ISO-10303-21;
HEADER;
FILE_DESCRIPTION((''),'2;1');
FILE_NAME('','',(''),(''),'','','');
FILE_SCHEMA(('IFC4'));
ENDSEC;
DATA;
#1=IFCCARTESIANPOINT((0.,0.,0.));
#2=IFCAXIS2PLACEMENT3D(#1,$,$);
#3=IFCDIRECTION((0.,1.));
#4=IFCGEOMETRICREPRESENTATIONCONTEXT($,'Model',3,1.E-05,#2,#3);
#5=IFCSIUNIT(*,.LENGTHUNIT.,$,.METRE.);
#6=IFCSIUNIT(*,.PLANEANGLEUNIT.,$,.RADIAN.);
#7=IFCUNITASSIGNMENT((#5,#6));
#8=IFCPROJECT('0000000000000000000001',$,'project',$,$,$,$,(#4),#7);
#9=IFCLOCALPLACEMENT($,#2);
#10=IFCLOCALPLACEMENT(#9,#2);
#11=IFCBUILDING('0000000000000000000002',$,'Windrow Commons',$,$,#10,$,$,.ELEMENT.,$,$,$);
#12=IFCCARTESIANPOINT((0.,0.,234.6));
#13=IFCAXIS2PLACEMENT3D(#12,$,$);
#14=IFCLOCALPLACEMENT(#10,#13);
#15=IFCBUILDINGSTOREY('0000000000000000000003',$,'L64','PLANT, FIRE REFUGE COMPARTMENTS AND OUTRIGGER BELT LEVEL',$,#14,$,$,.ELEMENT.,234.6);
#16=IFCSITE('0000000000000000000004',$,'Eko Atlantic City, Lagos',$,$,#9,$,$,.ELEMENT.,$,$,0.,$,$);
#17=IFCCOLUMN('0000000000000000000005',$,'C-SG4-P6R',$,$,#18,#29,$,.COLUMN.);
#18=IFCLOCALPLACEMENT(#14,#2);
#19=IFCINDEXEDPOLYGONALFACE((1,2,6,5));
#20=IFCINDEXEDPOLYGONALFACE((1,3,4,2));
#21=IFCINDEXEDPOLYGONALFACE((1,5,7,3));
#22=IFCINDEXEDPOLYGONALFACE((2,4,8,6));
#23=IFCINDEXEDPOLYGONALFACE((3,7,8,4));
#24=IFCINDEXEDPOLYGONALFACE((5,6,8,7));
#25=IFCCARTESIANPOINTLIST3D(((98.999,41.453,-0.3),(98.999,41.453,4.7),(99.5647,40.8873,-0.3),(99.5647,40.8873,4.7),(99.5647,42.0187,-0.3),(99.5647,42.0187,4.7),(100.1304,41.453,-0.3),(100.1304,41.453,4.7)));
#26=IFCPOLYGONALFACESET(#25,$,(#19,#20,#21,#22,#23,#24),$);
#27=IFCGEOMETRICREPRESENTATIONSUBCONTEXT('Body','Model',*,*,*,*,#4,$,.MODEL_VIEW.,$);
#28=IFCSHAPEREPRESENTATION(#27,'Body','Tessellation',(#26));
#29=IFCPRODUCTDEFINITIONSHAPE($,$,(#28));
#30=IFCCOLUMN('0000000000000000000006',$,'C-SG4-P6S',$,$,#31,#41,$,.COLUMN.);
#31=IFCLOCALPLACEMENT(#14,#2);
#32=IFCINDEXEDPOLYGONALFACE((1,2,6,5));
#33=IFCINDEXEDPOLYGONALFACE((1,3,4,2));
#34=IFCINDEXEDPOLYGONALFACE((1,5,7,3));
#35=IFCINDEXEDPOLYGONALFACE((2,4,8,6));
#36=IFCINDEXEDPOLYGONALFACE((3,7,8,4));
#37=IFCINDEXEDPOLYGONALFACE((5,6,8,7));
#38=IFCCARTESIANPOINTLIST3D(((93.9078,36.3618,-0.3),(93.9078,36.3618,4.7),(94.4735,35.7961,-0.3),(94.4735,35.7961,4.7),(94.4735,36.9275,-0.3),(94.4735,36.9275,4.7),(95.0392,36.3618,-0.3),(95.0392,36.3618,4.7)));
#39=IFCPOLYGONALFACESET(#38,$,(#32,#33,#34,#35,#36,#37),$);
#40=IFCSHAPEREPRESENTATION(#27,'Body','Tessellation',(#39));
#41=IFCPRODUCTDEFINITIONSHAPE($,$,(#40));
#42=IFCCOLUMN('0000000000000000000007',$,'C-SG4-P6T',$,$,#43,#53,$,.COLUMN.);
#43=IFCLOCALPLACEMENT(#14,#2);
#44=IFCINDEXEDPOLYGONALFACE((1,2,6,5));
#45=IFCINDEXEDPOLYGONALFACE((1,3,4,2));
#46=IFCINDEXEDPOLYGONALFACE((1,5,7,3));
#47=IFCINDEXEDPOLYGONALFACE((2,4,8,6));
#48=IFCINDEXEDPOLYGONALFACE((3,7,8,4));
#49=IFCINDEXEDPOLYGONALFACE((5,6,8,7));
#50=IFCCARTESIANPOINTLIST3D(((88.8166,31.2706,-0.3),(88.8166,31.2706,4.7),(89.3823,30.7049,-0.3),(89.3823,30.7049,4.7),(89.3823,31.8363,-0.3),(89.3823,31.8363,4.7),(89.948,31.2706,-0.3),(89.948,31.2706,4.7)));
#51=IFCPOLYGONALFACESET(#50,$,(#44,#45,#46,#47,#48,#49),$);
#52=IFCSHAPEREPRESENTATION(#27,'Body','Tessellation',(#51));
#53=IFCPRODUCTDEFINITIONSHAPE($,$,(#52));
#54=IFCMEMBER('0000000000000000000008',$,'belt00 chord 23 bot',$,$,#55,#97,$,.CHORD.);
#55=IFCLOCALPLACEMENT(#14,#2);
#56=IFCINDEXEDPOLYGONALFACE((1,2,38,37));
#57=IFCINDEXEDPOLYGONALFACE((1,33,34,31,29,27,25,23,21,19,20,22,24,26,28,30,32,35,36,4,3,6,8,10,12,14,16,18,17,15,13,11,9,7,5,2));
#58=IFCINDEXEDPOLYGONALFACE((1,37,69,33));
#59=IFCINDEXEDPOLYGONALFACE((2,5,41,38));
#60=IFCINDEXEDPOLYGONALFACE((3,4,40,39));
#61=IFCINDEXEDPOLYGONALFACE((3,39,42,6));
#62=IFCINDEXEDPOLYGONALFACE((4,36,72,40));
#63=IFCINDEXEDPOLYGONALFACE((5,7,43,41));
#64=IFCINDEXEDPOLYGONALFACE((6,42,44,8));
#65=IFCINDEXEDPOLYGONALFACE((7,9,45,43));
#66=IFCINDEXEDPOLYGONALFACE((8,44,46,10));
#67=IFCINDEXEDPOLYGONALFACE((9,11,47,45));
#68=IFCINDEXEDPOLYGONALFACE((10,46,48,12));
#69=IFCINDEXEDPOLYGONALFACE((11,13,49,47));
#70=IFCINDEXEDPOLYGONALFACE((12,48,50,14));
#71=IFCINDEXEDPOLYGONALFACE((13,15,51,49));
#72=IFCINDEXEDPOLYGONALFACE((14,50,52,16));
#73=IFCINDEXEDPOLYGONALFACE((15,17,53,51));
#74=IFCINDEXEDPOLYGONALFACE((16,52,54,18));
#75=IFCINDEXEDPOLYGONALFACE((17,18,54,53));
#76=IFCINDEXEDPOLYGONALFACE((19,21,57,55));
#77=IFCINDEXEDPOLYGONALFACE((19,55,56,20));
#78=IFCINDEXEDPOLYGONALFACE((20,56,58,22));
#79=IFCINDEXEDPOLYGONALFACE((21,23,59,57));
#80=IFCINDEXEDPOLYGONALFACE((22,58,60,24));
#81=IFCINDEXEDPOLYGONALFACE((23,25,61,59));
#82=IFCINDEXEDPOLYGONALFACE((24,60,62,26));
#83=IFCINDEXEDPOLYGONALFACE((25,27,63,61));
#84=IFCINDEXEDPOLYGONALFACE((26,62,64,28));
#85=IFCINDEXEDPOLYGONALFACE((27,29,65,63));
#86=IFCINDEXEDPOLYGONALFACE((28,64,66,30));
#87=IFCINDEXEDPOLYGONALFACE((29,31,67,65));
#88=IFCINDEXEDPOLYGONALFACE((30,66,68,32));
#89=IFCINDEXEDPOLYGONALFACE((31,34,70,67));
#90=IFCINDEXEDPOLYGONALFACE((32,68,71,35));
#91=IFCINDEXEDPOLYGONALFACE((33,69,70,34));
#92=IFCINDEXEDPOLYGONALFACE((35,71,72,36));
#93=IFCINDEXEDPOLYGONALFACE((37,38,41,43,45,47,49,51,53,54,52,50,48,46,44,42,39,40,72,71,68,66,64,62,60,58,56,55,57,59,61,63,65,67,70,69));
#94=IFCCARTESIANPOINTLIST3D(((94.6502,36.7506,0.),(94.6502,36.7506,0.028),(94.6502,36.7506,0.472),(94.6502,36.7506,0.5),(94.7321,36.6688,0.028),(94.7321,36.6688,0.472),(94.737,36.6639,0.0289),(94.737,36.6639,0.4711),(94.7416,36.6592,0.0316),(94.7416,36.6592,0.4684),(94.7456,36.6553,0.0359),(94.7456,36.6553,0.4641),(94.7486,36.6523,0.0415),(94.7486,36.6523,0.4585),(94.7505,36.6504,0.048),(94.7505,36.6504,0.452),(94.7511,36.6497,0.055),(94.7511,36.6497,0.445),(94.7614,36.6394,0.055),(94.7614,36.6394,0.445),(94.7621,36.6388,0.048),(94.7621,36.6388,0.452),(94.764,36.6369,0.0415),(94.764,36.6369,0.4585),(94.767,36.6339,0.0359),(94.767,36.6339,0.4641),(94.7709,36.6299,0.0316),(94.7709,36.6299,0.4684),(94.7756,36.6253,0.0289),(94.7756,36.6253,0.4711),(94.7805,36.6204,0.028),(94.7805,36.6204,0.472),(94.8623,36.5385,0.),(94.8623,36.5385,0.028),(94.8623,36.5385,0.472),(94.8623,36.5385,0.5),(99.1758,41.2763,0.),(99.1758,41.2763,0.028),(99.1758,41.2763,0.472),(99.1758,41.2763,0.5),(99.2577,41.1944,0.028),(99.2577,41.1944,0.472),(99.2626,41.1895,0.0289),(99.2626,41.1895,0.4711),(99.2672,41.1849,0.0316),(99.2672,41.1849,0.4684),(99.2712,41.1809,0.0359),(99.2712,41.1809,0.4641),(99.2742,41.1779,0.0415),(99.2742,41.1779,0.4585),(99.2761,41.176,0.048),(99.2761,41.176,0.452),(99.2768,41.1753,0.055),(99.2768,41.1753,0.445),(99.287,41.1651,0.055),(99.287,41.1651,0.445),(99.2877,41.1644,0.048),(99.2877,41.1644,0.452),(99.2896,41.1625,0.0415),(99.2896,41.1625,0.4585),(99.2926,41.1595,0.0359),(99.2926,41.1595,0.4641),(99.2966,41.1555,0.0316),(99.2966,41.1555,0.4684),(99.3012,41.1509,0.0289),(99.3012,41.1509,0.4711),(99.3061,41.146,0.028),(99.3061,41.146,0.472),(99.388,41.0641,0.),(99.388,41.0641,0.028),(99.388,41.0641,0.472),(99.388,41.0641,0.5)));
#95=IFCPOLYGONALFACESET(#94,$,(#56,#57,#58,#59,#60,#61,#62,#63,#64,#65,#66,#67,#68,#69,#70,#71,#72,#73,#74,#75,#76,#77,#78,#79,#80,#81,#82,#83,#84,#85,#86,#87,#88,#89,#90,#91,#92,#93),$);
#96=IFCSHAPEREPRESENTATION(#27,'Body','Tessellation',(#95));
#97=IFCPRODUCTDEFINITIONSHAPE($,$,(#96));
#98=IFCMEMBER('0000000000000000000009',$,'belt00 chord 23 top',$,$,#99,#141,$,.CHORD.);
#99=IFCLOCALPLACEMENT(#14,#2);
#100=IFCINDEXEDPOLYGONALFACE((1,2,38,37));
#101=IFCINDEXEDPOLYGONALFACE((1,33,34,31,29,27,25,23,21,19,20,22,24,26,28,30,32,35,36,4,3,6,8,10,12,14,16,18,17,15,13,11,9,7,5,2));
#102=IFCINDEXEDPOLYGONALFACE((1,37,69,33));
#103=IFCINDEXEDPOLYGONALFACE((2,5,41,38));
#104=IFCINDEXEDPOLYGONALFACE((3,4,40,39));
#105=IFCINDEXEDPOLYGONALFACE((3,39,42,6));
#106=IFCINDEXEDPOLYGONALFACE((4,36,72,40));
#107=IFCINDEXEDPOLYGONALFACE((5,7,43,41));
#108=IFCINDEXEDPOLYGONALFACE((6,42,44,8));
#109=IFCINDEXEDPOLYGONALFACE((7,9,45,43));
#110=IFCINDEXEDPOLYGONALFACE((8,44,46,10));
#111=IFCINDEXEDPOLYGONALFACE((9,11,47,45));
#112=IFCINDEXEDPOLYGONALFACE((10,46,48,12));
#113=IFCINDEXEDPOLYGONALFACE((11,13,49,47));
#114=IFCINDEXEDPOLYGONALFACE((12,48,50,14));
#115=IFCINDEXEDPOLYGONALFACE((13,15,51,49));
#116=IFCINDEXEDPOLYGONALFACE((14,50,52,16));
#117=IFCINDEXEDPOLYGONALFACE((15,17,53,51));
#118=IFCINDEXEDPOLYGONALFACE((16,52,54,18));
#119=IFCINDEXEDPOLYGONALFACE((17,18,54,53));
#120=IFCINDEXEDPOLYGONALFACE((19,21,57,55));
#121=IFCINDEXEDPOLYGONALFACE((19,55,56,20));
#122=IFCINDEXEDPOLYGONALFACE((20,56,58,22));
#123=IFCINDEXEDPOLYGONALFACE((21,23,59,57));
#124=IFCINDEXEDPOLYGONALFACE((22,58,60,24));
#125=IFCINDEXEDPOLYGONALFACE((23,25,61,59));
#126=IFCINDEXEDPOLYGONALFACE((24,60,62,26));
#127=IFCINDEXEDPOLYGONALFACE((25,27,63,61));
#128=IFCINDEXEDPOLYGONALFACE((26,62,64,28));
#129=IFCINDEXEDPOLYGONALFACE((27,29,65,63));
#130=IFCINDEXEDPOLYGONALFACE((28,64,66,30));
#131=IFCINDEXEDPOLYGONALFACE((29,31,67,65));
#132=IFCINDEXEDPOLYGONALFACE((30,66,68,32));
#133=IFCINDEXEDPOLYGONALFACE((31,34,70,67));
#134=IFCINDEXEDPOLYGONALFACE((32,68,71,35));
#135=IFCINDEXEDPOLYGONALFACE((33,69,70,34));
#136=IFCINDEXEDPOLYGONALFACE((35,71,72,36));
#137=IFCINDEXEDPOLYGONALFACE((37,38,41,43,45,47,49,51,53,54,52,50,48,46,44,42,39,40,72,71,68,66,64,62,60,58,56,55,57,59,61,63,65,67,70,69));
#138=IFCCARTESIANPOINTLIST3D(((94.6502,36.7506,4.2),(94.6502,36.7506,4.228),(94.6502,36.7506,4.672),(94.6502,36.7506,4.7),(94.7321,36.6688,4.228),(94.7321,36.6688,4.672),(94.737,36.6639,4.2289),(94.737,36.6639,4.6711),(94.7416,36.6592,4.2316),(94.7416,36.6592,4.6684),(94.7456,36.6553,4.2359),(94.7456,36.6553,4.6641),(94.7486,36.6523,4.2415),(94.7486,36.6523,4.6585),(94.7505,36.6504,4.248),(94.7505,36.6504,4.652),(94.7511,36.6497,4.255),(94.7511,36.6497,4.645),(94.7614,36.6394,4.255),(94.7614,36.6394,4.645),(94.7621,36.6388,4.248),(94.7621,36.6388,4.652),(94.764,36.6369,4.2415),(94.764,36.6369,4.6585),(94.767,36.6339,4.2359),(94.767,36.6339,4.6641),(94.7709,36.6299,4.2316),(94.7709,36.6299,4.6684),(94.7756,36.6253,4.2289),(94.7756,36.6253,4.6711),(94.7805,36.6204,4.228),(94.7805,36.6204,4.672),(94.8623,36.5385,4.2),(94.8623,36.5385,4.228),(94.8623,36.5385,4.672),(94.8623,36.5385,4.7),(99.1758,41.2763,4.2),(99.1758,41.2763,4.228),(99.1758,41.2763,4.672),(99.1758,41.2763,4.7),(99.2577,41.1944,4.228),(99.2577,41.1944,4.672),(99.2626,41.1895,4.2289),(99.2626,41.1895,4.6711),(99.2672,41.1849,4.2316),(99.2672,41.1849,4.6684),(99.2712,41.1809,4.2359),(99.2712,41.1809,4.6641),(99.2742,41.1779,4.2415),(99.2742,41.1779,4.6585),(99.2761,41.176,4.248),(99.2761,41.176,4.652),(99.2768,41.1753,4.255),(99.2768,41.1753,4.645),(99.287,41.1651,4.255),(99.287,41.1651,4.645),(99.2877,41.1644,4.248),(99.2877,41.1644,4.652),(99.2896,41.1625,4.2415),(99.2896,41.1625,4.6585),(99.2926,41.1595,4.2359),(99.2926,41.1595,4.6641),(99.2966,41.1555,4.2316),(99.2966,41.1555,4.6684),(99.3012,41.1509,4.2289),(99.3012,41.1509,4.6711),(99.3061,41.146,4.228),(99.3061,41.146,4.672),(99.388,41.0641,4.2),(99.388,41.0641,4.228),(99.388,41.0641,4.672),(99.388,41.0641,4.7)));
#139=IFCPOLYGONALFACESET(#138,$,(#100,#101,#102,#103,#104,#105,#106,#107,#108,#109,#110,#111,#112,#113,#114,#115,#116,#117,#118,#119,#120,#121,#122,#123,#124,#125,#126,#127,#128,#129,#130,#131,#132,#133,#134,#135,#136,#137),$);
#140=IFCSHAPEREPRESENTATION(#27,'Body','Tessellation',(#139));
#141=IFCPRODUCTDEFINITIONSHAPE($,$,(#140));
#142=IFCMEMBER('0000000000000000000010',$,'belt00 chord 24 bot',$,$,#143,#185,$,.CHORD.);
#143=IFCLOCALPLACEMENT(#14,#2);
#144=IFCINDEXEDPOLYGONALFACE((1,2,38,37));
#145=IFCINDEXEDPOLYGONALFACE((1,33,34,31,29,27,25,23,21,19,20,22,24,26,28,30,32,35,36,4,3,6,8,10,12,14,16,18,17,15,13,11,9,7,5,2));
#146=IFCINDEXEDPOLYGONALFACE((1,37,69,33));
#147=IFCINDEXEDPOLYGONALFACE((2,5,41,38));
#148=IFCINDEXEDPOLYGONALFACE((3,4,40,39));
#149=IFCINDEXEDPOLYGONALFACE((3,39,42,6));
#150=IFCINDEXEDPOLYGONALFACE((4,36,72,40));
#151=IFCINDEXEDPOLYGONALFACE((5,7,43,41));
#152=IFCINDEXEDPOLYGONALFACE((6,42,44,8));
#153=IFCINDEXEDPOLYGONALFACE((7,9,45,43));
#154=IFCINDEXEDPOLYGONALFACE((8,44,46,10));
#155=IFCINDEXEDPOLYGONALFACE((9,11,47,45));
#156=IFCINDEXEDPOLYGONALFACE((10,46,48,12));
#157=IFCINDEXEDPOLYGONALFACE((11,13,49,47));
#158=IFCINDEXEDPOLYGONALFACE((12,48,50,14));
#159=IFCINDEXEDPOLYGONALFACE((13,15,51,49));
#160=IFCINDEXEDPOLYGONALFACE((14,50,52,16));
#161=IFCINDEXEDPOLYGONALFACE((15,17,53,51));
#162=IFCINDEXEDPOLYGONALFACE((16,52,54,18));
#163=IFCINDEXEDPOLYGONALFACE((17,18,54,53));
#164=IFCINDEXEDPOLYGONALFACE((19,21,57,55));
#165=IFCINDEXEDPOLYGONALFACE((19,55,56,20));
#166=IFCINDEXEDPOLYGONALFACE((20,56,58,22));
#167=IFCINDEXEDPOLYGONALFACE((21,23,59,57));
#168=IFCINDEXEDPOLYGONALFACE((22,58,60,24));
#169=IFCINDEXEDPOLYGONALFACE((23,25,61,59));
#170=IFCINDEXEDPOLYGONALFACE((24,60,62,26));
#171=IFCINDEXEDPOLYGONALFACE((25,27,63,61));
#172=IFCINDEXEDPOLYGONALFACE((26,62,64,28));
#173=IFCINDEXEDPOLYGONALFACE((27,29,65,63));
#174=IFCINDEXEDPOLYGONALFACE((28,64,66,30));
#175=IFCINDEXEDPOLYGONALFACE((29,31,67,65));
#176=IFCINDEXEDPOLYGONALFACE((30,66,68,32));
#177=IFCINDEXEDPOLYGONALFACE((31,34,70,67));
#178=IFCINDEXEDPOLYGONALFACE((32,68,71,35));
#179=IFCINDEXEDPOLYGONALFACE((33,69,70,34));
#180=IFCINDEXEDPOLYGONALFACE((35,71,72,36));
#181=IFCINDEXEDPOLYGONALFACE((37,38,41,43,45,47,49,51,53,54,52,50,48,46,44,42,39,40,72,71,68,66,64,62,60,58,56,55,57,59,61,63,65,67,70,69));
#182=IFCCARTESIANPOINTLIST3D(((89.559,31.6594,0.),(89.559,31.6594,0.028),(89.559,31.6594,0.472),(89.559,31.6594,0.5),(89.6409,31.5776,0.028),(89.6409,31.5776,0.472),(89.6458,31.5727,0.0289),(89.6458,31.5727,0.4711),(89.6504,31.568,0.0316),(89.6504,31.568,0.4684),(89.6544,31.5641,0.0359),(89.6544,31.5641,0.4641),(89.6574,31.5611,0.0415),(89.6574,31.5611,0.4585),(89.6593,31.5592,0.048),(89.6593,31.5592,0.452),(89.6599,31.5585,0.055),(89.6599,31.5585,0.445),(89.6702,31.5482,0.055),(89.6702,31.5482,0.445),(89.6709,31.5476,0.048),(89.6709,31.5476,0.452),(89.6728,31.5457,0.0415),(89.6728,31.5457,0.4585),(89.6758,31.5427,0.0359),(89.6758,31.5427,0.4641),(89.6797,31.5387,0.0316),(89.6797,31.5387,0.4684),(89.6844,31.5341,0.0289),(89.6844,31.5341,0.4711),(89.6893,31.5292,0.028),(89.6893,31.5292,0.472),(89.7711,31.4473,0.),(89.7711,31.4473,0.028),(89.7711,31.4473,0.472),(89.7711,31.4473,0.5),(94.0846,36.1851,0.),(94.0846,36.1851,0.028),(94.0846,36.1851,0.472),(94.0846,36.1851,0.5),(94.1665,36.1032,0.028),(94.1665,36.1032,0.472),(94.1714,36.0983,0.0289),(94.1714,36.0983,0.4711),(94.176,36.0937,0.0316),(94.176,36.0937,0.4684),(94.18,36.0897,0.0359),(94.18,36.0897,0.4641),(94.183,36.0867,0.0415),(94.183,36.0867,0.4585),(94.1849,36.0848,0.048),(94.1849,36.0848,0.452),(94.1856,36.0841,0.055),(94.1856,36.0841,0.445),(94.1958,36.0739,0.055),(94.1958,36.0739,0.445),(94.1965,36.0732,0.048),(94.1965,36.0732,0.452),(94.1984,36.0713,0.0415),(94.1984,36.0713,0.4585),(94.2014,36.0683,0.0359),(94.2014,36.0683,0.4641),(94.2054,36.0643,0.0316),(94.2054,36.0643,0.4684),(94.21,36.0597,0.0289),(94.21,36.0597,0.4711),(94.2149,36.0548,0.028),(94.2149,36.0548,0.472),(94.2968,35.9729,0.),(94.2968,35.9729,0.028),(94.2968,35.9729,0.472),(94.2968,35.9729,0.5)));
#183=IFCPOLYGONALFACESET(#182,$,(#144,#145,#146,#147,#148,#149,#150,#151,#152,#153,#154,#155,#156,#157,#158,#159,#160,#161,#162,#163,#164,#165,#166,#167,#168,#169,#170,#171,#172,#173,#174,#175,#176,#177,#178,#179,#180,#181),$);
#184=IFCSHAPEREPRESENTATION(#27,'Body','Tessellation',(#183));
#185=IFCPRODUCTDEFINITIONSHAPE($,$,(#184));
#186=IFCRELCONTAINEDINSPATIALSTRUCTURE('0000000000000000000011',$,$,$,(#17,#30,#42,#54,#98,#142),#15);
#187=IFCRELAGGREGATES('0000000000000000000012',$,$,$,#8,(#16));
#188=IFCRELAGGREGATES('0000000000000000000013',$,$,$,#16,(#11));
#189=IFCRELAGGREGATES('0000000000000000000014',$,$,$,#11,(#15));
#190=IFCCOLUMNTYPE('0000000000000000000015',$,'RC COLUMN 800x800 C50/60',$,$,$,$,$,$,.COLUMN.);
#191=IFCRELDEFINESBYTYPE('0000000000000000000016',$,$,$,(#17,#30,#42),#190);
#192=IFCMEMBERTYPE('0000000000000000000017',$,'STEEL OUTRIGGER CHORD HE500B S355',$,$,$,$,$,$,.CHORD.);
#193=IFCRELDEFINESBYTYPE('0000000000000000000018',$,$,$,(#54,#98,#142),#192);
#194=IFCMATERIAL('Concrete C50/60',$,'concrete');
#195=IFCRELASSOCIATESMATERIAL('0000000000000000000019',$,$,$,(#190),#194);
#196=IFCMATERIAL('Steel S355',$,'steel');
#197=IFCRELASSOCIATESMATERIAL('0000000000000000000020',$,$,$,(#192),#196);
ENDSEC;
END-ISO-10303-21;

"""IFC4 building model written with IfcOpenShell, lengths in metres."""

from ifc_helpers import new_model, si_unit, direction, frame, origin, origin_2d, place, context, subcontext, project, spatial, rectangle, i_section, extrude, material, material_profile, profile_set, type_object, element, save


model = new_model("IFC4")

# Units and contexts
model_context = context("Model", 3, precision=1e-05, world=origin(), true_north=direction((0.0, 1.0)))
body_context = subcontext(model_context, "Body", "Model", "MODEL_VIEW")
ifc_project = project(units=[si_unit("LENGTHUNIT", "METRE"), si_unit("PLANEANGLEUNIT", "RADIAN")], contexts=[model_context])

# Site, building, storey
site_placement = place(None, origin())
site = spatial("IfcSite", under=ifc_project, at=site_placement, Name="Eko Atlantic City, Lagos", CompositionType="ELEMENT", RefElevation=0.0)
building_placement = place(site_placement, origin())
building = spatial("IfcBuilding", under=site, at=building_placement, Name="Windrow Commons", CompositionType="ELEMENT")
storey_placement = place(building_placement, frame((0.0, 0.0, 234.6)))
storey = spatial("IfcBuildingStorey", under=building, at=storey_placement, Name="L64", Description="PLANT, FIRE REFUGE COMPARTMENTS AND OUTRIGGER BELT LEVEL", CompositionType="ELEMENT", Elevation=234.6)

# Columns
ifc_material_1 = material(Name="Concrete C50/60", Category="concrete")
ifc_material_profile_1 = material_profile(ifc_material_1, rectangle(XDim=0.8, YDim=0.8, at=origin_2d()))
ifc_profile_set_1 = profile_set([ifc_material_profile_1], Name="Concrete C50/60")
column_type = type_object("IfcColumnType", Name="RC COLUMN 800x800 C50/60", PredefinedType="COLUMN", material=ifc_profile_set_1)
for number, where, z_axis, x_axis, name in (
    (1, (99.5647, 41.453, -0.3), (0.0, 0.0, 1.0), (0.707107, -0.707107, 0.0), "C-SG4-P6R"),
    (2, (94.4735, 36.3618, -0.3), (0.0, 0.0, 1.0), (0.707107, -0.707107, 0.0), "C-SG4-P6S"),
    (3, (89.3823, 31.2706, -0.3), (0.0, 0.0, 1.0), (0.707107, -0.707107, 0.0), "C-SG4-P6T"),
):
    element("IfcColumn", number, at=place(storey_placement, frame(where, z_axis=z_axis, x_axis=x_axis)), inside=storey, type_object=column_type, Name=name, PredefinedType="COLUMN", context=body_context, shape_type="SweptSolid", body=[
        extrude(rectangle(XDim=0.8, YDim=0.8, at=origin_2d()), origin(), (0.0, 0.0, 1.0), 5.0),
    ])

# Members
ifc_material_2 = material(Name="Steel S355", Category="steel")
ifc_material_profile_2 = material_profile(ifc_material_2, i_section(OverallWidth=0.3, OverallDepth=0.5, WebThickness=0.0145, FlangeThickness=0.028, FilletRadius=0.027, at=origin_2d()))
ifc_profile_set_2 = profile_set([ifc_material_profile_2], Name="Steel S355")
member_type_1 = type_object("IfcMemberType", Name="STEEL OUTRIGGER CHORD HE500B S355", PredefinedType="CHORD", material=ifc_profile_set_2)
for number, where, z_axis, x_axis, name in (
    (4, (99.2819, 41.1702, 0.25), (-0.707107, -0.707107, 0.0), (0.707107, -0.707107, 0.0), "belt00 chord 23 bot"),
    (5, (99.2819, 41.1702, 4.45), (-0.707107, -0.707107, 0.0), (0.707107, -0.707107, 0.0), "belt00 chord 23 top"),
    (6, (94.1907, 36.079, 0.25), (-0.707107, -0.707107, 0.0), (0.707107, -0.707107, 0.0), "belt00 chord 24 bot"),
):
    element("IfcMember", number, at=place(storey_placement, frame(where, z_axis=z_axis, x_axis=x_axis)), inside=storey, type_object=member_type_1, Name=name, PredefinedType="CHORD", context=body_context, shape_type="SweptSolid", body=[
        extrude(i_section(OverallWidth=0.3, OverallDepth=0.5, WebThickness=0.0145, FlangeThickness=0.028, FilletRadius=0.027, at=origin_2d()), origin(), (0.0, 0.0, 1.0), 6.4002),
    ])

save(model, "model.ifc")
